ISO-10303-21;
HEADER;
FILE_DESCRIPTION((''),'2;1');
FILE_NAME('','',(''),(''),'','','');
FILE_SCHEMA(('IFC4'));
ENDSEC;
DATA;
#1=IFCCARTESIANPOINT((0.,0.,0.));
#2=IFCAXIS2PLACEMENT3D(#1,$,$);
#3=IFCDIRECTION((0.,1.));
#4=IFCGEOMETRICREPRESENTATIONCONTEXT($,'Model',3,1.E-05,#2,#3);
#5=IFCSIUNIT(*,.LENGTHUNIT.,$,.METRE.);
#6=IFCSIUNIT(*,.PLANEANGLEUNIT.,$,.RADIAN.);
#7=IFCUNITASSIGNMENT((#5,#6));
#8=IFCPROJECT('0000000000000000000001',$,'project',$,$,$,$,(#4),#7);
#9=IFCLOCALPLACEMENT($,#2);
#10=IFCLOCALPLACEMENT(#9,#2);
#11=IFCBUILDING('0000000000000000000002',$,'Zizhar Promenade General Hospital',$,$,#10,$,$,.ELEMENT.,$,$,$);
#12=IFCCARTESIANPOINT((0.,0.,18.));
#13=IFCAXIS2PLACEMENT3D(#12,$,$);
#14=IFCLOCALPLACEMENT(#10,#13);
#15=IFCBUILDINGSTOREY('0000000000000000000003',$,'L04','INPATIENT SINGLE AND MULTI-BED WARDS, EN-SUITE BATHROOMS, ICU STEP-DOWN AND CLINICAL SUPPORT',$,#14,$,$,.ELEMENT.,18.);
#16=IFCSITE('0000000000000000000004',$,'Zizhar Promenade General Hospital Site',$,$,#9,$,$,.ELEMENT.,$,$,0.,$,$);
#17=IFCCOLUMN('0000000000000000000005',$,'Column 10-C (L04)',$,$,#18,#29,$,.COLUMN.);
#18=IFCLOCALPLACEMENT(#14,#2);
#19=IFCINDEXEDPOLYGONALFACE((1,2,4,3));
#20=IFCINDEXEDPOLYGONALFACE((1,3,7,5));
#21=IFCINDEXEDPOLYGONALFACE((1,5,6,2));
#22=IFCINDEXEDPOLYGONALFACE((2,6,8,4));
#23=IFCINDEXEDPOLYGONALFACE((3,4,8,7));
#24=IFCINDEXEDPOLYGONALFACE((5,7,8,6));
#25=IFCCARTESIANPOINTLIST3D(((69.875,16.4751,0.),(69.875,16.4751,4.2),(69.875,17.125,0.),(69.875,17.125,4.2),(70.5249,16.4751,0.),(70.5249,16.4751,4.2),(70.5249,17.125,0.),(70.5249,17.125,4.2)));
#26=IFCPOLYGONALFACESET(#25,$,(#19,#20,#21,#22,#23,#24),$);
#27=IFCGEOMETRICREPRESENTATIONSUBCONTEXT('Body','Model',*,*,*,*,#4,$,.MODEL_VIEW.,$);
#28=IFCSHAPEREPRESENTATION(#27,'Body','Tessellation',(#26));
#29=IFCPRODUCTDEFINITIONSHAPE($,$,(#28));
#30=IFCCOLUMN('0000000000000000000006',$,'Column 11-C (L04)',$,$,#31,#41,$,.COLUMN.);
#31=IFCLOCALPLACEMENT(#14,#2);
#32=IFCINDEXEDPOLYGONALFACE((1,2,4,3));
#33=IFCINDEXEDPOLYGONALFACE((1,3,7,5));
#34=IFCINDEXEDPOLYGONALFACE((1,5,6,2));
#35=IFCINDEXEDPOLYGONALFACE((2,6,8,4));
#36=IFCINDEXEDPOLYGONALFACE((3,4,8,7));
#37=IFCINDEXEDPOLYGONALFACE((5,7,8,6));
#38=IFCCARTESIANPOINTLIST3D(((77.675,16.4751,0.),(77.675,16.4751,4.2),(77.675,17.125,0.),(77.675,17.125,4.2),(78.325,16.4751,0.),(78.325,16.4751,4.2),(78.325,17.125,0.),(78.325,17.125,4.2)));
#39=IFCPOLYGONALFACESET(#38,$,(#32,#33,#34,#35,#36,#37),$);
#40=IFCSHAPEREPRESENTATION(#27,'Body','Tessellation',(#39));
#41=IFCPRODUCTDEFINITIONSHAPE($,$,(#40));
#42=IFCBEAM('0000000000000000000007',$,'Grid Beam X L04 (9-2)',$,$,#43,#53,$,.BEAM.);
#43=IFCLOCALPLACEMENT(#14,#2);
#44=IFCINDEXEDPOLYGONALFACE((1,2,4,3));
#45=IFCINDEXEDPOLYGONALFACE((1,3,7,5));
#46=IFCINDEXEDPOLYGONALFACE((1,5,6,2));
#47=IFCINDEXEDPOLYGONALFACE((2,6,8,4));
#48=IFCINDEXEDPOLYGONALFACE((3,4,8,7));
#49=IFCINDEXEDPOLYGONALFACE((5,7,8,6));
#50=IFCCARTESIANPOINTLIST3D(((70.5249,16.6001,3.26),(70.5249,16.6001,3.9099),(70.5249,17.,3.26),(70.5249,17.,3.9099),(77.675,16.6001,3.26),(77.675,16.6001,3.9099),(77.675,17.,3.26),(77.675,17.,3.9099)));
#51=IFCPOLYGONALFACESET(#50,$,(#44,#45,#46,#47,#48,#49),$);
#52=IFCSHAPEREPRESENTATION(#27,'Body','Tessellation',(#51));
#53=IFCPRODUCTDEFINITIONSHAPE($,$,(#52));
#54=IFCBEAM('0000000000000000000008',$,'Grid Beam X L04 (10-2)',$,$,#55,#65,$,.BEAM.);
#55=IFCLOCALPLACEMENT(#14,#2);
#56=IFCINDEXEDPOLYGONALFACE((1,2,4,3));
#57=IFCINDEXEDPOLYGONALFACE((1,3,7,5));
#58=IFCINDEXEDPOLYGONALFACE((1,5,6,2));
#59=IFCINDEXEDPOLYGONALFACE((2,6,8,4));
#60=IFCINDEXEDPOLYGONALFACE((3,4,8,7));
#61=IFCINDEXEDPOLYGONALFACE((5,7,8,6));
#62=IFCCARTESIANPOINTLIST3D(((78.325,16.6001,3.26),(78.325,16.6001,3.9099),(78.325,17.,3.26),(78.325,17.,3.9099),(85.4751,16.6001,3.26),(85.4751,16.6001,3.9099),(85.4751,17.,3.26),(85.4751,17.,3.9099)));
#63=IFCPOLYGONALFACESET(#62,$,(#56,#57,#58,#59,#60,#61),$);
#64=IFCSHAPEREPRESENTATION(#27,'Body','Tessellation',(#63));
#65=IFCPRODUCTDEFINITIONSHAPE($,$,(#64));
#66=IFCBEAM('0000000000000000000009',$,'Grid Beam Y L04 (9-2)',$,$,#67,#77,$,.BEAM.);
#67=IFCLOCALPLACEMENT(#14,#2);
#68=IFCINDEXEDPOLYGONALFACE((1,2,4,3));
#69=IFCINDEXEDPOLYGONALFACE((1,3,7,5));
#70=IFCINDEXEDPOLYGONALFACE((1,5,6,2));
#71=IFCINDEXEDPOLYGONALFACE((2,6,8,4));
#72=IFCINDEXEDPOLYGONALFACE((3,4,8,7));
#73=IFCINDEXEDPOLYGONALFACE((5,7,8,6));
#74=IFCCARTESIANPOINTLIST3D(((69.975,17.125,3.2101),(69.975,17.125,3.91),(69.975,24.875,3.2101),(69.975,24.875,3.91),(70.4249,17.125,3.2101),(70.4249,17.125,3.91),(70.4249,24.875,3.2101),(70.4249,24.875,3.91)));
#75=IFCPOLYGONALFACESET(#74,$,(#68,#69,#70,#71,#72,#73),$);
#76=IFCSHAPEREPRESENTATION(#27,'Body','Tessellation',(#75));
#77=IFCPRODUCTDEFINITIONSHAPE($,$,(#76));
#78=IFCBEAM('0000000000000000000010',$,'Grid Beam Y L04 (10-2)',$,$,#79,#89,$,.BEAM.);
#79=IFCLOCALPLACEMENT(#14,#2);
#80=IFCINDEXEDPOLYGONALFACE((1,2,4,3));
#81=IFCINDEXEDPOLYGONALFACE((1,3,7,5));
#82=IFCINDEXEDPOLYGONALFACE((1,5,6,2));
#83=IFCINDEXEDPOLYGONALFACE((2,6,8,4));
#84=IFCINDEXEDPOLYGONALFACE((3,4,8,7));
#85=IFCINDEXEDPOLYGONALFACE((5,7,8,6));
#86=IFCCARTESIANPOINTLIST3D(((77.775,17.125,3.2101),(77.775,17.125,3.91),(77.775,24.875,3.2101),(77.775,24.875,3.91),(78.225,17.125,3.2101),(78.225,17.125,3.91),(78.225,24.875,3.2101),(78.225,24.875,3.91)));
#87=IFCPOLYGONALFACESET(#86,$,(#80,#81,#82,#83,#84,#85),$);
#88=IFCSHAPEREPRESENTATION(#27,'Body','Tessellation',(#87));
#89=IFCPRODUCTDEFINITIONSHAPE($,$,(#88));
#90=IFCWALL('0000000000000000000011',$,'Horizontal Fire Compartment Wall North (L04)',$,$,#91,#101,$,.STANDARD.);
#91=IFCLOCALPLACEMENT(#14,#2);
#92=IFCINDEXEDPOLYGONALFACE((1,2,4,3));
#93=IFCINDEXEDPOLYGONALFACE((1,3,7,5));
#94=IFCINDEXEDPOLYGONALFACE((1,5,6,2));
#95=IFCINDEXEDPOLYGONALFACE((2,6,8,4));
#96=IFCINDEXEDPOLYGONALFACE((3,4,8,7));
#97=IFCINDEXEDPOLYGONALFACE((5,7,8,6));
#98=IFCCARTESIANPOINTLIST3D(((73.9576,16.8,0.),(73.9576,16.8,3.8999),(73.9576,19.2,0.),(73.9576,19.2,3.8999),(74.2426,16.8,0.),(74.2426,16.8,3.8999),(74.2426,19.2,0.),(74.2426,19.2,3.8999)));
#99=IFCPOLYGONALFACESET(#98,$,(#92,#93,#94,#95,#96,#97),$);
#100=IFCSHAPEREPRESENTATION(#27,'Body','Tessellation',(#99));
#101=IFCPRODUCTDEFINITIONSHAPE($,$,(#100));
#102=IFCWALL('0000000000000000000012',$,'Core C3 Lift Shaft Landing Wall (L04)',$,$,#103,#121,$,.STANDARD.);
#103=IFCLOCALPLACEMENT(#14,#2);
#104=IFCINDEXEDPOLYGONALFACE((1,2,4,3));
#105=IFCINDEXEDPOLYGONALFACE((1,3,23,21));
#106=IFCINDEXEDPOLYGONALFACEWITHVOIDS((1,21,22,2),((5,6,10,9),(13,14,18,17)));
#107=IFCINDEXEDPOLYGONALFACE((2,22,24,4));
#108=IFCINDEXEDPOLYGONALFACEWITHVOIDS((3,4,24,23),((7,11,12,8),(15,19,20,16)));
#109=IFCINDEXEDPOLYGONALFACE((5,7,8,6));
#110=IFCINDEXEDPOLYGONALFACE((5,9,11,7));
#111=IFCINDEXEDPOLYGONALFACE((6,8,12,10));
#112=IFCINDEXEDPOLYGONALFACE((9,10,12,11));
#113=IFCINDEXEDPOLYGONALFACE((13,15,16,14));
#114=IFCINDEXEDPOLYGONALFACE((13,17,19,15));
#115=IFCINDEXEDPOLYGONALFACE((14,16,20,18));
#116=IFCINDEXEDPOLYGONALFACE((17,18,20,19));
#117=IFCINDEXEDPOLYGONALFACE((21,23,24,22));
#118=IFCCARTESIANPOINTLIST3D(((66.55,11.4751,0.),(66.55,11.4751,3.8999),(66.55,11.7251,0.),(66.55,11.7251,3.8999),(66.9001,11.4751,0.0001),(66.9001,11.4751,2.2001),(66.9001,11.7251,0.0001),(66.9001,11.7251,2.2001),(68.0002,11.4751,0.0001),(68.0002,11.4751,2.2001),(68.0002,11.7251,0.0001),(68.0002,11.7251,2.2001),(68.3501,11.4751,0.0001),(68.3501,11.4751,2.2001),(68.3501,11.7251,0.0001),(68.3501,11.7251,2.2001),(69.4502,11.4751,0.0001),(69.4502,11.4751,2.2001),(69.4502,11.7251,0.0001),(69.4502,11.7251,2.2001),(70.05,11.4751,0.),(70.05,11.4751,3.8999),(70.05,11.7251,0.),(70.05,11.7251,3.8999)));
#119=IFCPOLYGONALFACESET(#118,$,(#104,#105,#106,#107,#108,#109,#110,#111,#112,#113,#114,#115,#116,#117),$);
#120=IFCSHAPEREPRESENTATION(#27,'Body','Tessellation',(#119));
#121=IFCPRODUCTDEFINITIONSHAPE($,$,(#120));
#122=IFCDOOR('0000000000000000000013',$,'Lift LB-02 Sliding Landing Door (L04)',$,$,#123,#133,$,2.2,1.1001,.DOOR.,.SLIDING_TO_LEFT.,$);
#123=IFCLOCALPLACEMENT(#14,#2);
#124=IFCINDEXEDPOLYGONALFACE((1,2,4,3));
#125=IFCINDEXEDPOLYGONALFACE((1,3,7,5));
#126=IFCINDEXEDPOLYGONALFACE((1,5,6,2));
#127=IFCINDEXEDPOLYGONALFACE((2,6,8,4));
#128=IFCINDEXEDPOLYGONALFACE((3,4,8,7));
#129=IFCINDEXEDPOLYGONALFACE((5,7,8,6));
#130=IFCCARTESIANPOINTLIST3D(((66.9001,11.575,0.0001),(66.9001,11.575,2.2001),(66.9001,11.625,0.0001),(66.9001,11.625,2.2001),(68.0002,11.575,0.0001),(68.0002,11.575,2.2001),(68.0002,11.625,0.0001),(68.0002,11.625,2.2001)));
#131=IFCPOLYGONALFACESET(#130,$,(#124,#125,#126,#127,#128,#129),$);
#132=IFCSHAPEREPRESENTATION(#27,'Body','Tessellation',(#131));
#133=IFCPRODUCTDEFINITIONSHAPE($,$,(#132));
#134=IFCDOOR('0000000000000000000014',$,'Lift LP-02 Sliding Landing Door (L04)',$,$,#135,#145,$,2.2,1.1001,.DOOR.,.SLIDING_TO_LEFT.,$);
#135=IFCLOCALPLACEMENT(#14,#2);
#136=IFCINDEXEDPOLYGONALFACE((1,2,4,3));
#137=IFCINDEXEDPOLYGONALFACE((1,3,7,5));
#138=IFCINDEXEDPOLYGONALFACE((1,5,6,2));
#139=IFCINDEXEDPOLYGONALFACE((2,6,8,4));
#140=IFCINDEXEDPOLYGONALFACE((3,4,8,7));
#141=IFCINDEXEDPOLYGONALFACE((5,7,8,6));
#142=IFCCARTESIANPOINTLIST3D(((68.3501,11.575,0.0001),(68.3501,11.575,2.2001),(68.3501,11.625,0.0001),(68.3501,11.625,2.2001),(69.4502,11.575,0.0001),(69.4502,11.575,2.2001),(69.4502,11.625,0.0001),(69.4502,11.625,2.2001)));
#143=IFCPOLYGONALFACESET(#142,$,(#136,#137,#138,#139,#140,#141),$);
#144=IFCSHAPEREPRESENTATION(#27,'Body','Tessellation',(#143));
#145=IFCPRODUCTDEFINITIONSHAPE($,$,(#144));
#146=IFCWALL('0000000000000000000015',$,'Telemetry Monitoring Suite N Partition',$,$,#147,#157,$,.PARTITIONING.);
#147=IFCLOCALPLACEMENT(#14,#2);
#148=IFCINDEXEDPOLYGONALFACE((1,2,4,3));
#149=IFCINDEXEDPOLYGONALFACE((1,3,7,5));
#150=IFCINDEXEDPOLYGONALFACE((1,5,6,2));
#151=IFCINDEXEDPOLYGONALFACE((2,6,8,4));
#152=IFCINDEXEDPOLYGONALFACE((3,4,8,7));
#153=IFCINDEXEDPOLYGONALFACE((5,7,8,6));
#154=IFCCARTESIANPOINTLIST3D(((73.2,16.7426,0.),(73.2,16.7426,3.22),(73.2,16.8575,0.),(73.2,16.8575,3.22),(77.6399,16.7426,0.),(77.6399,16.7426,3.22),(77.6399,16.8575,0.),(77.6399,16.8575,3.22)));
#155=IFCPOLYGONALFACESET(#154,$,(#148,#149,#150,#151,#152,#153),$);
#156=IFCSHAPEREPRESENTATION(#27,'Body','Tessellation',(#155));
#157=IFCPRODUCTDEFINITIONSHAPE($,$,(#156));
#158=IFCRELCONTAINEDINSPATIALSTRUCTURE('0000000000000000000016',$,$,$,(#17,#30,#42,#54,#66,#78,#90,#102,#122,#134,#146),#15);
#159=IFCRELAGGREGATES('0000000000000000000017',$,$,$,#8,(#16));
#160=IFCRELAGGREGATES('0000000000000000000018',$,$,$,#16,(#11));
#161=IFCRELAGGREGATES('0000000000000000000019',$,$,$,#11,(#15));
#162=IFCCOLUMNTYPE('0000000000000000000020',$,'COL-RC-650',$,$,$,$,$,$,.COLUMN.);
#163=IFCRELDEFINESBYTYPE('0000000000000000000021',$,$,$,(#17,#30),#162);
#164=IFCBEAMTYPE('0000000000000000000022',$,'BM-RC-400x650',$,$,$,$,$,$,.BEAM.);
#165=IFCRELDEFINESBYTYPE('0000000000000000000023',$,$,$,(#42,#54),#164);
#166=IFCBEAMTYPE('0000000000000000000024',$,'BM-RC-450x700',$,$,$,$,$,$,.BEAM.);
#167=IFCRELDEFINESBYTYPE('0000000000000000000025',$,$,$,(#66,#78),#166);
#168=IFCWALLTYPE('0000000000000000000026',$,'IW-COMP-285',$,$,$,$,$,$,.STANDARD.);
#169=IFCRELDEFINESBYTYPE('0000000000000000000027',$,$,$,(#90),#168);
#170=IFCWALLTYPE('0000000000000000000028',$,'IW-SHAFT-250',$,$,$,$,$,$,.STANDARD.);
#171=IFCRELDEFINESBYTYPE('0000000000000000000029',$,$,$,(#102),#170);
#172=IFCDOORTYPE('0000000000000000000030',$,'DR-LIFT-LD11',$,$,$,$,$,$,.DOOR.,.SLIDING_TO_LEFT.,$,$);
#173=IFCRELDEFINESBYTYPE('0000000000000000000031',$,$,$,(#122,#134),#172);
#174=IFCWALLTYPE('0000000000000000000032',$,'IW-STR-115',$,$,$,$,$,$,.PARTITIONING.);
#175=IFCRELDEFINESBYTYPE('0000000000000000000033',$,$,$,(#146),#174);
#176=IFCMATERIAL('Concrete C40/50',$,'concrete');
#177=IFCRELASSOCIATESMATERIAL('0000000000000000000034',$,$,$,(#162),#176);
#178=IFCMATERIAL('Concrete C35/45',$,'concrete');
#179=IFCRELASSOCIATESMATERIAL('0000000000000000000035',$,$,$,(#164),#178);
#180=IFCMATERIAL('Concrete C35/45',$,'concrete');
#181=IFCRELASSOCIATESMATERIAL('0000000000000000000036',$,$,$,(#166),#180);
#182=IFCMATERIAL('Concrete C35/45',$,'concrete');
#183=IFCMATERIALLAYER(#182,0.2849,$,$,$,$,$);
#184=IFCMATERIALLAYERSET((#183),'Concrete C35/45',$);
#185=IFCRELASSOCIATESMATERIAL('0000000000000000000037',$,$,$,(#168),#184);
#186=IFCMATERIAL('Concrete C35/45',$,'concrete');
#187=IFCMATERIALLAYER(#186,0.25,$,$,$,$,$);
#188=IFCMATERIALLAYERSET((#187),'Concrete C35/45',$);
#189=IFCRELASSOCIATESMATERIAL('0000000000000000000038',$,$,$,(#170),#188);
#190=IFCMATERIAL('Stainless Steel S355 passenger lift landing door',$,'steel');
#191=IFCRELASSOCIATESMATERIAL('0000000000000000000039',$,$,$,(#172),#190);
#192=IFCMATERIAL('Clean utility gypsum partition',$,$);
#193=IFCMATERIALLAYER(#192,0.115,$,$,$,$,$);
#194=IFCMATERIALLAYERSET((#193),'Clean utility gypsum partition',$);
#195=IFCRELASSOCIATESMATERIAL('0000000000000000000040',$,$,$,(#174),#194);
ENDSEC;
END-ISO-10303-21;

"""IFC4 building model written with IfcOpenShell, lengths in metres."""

from ifc_helpers import new_model, si_unit, direction, frame, frame_2d, origin, origin_2d, place, context, subcontext, project, spatial, rectangle, extrude, material, layer, layer_set, material_profile, profile_set, type_object, element, fill, save


model = new_model("IFC4")

# Units and contexts
model_context = context("Model", 3, precision=1e-05, world=origin(), true_north=direction((0.0, 1.0)))
body_context = subcontext(model_context, "Body", "Model", "MODEL_VIEW")
ifc_project = project(units=[si_unit("LENGTHUNIT", "METRE"), si_unit("PLANEANGLEUNIT", "RADIAN")], contexts=[model_context])

# Site, building, storey
site_placement = place(None, origin())
site = spatial("IfcSite", under=ifc_project, at=site_placement, Name="Zizhar Promenade General Hospital Site", CompositionType="ELEMENT", RefElevation=0.0)
building_placement = place(site_placement, origin())
building = spatial("IfcBuilding", under=site, at=building_placement, Name="Zizhar Promenade General Hospital", CompositionType="ELEMENT")
storey_placement = place(building_placement, frame((0.0, 0.0, 18.0)))
storey = spatial("IfcBuildingStorey", under=building, at=storey_placement, Name="L04", Description="INPATIENT SINGLE AND MULTI-BED WARDS, EN-SUITE BATHROOMS, ICU STEP-DOWN AND CLINICAL SUPPORT", CompositionType="ELEMENT", Elevation=18.0)

# Columns
ifc_material_1 = material(Name="Concrete C40/50", Category="concrete")
ifc_material_profile_1 = material_profile(ifc_material_1, rectangle(XDim=0.6499, YDim=0.6499, at=origin_2d()))
ifc_profile_set_1 = profile_set([ifc_material_profile_1], Name="Concrete C40/50")
column_type = type_object("IfcColumnType", Name="COL-RC-650", PredefinedType="COLUMN", material=ifc_profile_set_1)
for number, where, z_axis, x_axis, name in (
    (1, (70.2, 16.8, 0.0), (0.0, 0.0, 1.0), (1.0, 0.0, 0.0), "Column 10-C (L04)"),
    (2, (78.0, 16.8, 0.0), (0.0, 0.0, 1.0), (1.0, 0.0, 0.0), "Column 11-C (L04)"),
):
    element("IfcColumn", number, at=place(storey_placement, frame(where, z_axis=z_axis, x_axis=x_axis)), inside=storey, type_object=column_type, Name=name, PredefinedType="COLUMN", context=body_context, shape_type="SweptSolid", body=[
        extrude(rectangle(XDim=0.6499, YDim=0.6499, at=origin_2d()), origin(), (0.0, 0.0, 1.0), 4.2),
    ])

# Beams
ifc_material_2 = material(Name="Concrete C35/45", Category="concrete")
ifc_material_profile_2 = material_profile(ifc_material_2, rectangle(XDim=0.3999, YDim=0.6499, at=origin_2d()))
ifc_profile_set_2 = profile_set([ifc_material_profile_2], Name="Concrete C35/45")
beam_type_1 = type_object("IfcBeamType", Name="BM-RC-400x650", PredefinedType="BEAM", material=ifc_profile_set_2)
for number, where, z_axis, x_axis, name in (
    (3, (70.5249, 16.8, 3.585), (1.0, 0.0, 0.0), (0.0, 1.0, 0.0), "Grid Beam X L04 (9-2)"),
    (4, (78.325, 16.8, 3.585), (1.0, 0.0, 0.0), (0.0, 1.0, 0.0), "Grid Beam X L04 (10-2)"),
):
    element("IfcBeam", number, at=place(storey_placement, frame(where, z_axis=z_axis, x_axis=x_axis)), inside=storey, type_object=beam_type_1, Name=name, PredefinedType="BEAM", context=body_context, shape_type="SweptSolid", body=[
        extrude(rectangle(XDim=0.3999, YDim=0.6499, at=origin_2d()), origin(), (0.0, 0.0, 1.0), 7.1501),
    ])
ifc_material_3 = material(Name="Concrete C35/45", Category="concrete")
ifc_material_profile_3 = material_profile(ifc_material_3, rectangle(XDim=0.45, YDim=0.7, at=origin_2d()))
ifc_profile_set_3 = profile_set([ifc_material_profile_3], Name="Concrete C35/45")
beam_type_2 = type_object("IfcBeamType", Name="BM-RC-450x700", PredefinedType="BEAM", material=ifc_profile_set_3)
for number, where, z_axis, x_axis, name in (
    (5, (70.2, 17.125, 3.5601), (0.0, 1.0, 0.0), (-1.0, 0.0, 0.0), "Grid Beam Y L04 (9-2)"),
    (6, (78.0, 17.125, 3.5601), (0.0, 1.0, 0.0), (-1.0, 0.0, 0.0), "Grid Beam Y L04 (10-2)"),
):
    element("IfcBeam", number, at=place(storey_placement, frame(where, z_axis=z_axis, x_axis=x_axis)), inside=storey, type_object=beam_type_2, Name=name, PredefinedType="BEAM", context=body_context, shape_type="SweptSolid", body=[
        extrude(rectangle(XDim=0.45, YDim=0.7, at=origin_2d()), origin(), (0.0, 0.0, 1.0), 7.75),
    ])

# Wall
ifc_material_4 = material(Name="Concrete C35/45", Category="concrete")
ifc_layer_1 = layer(ifc_material_4, 0.2849)
ifc_layer_set_1 = layer_set([ifc_layer_1], Name="Concrete C35/45")
wall_type_1 = type_object("IfcWallType", Name="IW-COMP-285", PredefinedType="STANDARD", material=ifc_layer_set_1)
wall_1_placement = place(storey_placement, frame((74.1001, 16.8, 0.0), z_axis=(0.0, 0.0, 1.0), x_axis=(0.0, 1.0, 0.0)))
element("IfcWall", 7, at=wall_1_placement, inside=storey, type_object=wall_type_1, Name="Horizontal Fire Compartment Wall North (L04)", PredefinedType="STANDARD", context=body_context, shape_type="SweptSolid", body=[
    extrude(rectangle(XDim=2.3999, YDim=0.2849, at=frame_2d((1.2, 0.0))), origin(), (0.0, 0.0, 1.0), 3.8999),
])

# Wall, openings, doors
ifc_material_5 = material(Name="Concrete C35/45", Category="concrete")
ifc_layer_2 = layer(ifc_material_5, 0.25)
ifc_layer_set_2 = layer_set([ifc_layer_2], Name="Concrete C35/45")
wall_type_2 = type_object("IfcWallType", Name="IW-SHAFT-250", PredefinedType="STANDARD", material=ifc_layer_set_2)
wall_2_placement = place(storey_placement, frame((66.55, 11.6001, 0.0), z_axis=(0.0, 0.0, 1.0), x_axis=(1.0, 0.0, 0.0)))
wall_2 = element("IfcWall", 8, at=wall_2_placement, inside=storey, type_object=wall_type_2, Name="Core C3 Lift Shaft Landing Wall (L04)", PredefinedType="STANDARD", context=body_context, shape_type="SweptSolid", body=[
    extrude(rectangle(XDim=3.5, YDim=0.25, at=frame_2d((1.75, 0.0))), origin(), (0.0, 0.0, 1.0), 3.8999),
])
opening_1_placement = place(wall_2_placement, frame((0.3501, 0.0, 0.0)))
opening_1 = element("IfcOpeningElement", 9, at=opening_1_placement, cuts=wall_2, PredefinedType="OPENING", context=body_context, shape_type="SweptSolid", body=[
    extrude(rectangle(XDim=1.1001, YDim=2.2, at=frame_2d((0.55, 1.1001))), frame((0.0, 0.135, 0.0), z_axis=(0.0, -1.0, 0.0), x_axis=(1.0, 0.0, 0.0)), (0.0, 0.0, 1.0), 0.27),
])
opening_2_placement = place(wall_2_placement, frame((1.8, 0.0, 0.0)))
opening_2 = element("IfcOpeningElement", 10, at=opening_2_placement, cuts=wall_2, PredefinedType="OPENING", context=body_context, shape_type="SweptSolid", body=[
    extrude(rectangle(XDim=1.1001, YDim=2.2, at=frame_2d((0.55, 1.1001))), frame((0.0, 0.135, 0.0), z_axis=(0.0, -1.0, 0.0), x_axis=(1.0, 0.0, 0.0)), (0.0, 0.0, 1.0), 0.27),
])
ifc_material_6 = material(Name="Stainless Steel S355 passenger lift landing door", Category="steel")
door_type_1 = type_object("IfcDoorType", Name="DR-LIFT-LD11", OperationType="SLIDING_TO_LEFT", PredefinedType="DOOR", material=ifc_material_6)
door_1_placement = place(opening_1_placement, origin())
door_1 = element("IfcDoor", 11, at=door_1_placement, inside=storey, type_object=door_type_1, Name="Lift LB-02 Sliding Landing Door (L04)", OperationType="SLIDING_TO_LEFT", OverallHeight=2.2, OverallWidth=1.1001, PredefinedType="DOOR", context=body_context, shape_type="SweptSolid", body=[
    extrude(rectangle(XDim=1.1001, YDim=2.2, at=frame_2d((0.55, 1.1001))), frame((0.0, 0.0249, 0.0), z_axis=(0.0, -1.0, 0.0), x_axis=(1.0, 0.0, 0.0)), (0.0, 0.0, 1.0), 0.05),
])
fill(opening_1, door_1)
door_2_placement = place(opening_2_placement, origin())
door_2 = element("IfcDoor", 12, at=door_2_placement, inside=storey, type_object=door_type_1, Name="Lift LP-02 Sliding Landing Door (L04)", OperationType="SLIDING_TO_LEFT", OverallHeight=2.2, OverallWidth=1.1001, PredefinedType="DOOR", context=body_context, shape_type="SweptSolid", body=[
    extrude(rectangle(XDim=1.1001, YDim=2.2, at=frame_2d((0.55, 1.1001))), frame((0.0, 0.0249, 0.0), z_axis=(0.0, -1.0, 0.0), x_axis=(1.0, 0.0, 0.0)), (0.0, 0.0, 1.0), 0.05),
])
fill(opening_2, door_2)

# Wall
ifc_material_7 = material(Name="Clean utility gypsum partition")
ifc_layer_3 = layer(ifc_material_7, 0.115)
ifc_layer_set_3 = layer_set([ifc_layer_3], Name="Clean utility gypsum partition")
wall_type_3 = type_object("IfcWallType", Name="IW-STR-115", PredefinedType="PARTITIONING", material=ifc_layer_set_3)
wall_3_placement = place(storey_placement, frame((73.2, 16.8, 0.0), z_axis=(0.0, 0.0, 1.0), x_axis=(1.0, 0.0, 0.0)))
element("IfcWall", 13, at=wall_3_placement, inside=storey, type_object=wall_type_3, Name="Telemetry Monitoring Suite N Partition", PredefinedType="PARTITIONING", context=body_context, shape_type="SweptSolid", body=[
    extrude(rectangle(XDim=4.4399, YDim=0.115, at=frame_2d((2.22, 0.0))), origin(), (0.0, 0.0, 1.0), 3.22),
])

save(model, "model.ifc")
